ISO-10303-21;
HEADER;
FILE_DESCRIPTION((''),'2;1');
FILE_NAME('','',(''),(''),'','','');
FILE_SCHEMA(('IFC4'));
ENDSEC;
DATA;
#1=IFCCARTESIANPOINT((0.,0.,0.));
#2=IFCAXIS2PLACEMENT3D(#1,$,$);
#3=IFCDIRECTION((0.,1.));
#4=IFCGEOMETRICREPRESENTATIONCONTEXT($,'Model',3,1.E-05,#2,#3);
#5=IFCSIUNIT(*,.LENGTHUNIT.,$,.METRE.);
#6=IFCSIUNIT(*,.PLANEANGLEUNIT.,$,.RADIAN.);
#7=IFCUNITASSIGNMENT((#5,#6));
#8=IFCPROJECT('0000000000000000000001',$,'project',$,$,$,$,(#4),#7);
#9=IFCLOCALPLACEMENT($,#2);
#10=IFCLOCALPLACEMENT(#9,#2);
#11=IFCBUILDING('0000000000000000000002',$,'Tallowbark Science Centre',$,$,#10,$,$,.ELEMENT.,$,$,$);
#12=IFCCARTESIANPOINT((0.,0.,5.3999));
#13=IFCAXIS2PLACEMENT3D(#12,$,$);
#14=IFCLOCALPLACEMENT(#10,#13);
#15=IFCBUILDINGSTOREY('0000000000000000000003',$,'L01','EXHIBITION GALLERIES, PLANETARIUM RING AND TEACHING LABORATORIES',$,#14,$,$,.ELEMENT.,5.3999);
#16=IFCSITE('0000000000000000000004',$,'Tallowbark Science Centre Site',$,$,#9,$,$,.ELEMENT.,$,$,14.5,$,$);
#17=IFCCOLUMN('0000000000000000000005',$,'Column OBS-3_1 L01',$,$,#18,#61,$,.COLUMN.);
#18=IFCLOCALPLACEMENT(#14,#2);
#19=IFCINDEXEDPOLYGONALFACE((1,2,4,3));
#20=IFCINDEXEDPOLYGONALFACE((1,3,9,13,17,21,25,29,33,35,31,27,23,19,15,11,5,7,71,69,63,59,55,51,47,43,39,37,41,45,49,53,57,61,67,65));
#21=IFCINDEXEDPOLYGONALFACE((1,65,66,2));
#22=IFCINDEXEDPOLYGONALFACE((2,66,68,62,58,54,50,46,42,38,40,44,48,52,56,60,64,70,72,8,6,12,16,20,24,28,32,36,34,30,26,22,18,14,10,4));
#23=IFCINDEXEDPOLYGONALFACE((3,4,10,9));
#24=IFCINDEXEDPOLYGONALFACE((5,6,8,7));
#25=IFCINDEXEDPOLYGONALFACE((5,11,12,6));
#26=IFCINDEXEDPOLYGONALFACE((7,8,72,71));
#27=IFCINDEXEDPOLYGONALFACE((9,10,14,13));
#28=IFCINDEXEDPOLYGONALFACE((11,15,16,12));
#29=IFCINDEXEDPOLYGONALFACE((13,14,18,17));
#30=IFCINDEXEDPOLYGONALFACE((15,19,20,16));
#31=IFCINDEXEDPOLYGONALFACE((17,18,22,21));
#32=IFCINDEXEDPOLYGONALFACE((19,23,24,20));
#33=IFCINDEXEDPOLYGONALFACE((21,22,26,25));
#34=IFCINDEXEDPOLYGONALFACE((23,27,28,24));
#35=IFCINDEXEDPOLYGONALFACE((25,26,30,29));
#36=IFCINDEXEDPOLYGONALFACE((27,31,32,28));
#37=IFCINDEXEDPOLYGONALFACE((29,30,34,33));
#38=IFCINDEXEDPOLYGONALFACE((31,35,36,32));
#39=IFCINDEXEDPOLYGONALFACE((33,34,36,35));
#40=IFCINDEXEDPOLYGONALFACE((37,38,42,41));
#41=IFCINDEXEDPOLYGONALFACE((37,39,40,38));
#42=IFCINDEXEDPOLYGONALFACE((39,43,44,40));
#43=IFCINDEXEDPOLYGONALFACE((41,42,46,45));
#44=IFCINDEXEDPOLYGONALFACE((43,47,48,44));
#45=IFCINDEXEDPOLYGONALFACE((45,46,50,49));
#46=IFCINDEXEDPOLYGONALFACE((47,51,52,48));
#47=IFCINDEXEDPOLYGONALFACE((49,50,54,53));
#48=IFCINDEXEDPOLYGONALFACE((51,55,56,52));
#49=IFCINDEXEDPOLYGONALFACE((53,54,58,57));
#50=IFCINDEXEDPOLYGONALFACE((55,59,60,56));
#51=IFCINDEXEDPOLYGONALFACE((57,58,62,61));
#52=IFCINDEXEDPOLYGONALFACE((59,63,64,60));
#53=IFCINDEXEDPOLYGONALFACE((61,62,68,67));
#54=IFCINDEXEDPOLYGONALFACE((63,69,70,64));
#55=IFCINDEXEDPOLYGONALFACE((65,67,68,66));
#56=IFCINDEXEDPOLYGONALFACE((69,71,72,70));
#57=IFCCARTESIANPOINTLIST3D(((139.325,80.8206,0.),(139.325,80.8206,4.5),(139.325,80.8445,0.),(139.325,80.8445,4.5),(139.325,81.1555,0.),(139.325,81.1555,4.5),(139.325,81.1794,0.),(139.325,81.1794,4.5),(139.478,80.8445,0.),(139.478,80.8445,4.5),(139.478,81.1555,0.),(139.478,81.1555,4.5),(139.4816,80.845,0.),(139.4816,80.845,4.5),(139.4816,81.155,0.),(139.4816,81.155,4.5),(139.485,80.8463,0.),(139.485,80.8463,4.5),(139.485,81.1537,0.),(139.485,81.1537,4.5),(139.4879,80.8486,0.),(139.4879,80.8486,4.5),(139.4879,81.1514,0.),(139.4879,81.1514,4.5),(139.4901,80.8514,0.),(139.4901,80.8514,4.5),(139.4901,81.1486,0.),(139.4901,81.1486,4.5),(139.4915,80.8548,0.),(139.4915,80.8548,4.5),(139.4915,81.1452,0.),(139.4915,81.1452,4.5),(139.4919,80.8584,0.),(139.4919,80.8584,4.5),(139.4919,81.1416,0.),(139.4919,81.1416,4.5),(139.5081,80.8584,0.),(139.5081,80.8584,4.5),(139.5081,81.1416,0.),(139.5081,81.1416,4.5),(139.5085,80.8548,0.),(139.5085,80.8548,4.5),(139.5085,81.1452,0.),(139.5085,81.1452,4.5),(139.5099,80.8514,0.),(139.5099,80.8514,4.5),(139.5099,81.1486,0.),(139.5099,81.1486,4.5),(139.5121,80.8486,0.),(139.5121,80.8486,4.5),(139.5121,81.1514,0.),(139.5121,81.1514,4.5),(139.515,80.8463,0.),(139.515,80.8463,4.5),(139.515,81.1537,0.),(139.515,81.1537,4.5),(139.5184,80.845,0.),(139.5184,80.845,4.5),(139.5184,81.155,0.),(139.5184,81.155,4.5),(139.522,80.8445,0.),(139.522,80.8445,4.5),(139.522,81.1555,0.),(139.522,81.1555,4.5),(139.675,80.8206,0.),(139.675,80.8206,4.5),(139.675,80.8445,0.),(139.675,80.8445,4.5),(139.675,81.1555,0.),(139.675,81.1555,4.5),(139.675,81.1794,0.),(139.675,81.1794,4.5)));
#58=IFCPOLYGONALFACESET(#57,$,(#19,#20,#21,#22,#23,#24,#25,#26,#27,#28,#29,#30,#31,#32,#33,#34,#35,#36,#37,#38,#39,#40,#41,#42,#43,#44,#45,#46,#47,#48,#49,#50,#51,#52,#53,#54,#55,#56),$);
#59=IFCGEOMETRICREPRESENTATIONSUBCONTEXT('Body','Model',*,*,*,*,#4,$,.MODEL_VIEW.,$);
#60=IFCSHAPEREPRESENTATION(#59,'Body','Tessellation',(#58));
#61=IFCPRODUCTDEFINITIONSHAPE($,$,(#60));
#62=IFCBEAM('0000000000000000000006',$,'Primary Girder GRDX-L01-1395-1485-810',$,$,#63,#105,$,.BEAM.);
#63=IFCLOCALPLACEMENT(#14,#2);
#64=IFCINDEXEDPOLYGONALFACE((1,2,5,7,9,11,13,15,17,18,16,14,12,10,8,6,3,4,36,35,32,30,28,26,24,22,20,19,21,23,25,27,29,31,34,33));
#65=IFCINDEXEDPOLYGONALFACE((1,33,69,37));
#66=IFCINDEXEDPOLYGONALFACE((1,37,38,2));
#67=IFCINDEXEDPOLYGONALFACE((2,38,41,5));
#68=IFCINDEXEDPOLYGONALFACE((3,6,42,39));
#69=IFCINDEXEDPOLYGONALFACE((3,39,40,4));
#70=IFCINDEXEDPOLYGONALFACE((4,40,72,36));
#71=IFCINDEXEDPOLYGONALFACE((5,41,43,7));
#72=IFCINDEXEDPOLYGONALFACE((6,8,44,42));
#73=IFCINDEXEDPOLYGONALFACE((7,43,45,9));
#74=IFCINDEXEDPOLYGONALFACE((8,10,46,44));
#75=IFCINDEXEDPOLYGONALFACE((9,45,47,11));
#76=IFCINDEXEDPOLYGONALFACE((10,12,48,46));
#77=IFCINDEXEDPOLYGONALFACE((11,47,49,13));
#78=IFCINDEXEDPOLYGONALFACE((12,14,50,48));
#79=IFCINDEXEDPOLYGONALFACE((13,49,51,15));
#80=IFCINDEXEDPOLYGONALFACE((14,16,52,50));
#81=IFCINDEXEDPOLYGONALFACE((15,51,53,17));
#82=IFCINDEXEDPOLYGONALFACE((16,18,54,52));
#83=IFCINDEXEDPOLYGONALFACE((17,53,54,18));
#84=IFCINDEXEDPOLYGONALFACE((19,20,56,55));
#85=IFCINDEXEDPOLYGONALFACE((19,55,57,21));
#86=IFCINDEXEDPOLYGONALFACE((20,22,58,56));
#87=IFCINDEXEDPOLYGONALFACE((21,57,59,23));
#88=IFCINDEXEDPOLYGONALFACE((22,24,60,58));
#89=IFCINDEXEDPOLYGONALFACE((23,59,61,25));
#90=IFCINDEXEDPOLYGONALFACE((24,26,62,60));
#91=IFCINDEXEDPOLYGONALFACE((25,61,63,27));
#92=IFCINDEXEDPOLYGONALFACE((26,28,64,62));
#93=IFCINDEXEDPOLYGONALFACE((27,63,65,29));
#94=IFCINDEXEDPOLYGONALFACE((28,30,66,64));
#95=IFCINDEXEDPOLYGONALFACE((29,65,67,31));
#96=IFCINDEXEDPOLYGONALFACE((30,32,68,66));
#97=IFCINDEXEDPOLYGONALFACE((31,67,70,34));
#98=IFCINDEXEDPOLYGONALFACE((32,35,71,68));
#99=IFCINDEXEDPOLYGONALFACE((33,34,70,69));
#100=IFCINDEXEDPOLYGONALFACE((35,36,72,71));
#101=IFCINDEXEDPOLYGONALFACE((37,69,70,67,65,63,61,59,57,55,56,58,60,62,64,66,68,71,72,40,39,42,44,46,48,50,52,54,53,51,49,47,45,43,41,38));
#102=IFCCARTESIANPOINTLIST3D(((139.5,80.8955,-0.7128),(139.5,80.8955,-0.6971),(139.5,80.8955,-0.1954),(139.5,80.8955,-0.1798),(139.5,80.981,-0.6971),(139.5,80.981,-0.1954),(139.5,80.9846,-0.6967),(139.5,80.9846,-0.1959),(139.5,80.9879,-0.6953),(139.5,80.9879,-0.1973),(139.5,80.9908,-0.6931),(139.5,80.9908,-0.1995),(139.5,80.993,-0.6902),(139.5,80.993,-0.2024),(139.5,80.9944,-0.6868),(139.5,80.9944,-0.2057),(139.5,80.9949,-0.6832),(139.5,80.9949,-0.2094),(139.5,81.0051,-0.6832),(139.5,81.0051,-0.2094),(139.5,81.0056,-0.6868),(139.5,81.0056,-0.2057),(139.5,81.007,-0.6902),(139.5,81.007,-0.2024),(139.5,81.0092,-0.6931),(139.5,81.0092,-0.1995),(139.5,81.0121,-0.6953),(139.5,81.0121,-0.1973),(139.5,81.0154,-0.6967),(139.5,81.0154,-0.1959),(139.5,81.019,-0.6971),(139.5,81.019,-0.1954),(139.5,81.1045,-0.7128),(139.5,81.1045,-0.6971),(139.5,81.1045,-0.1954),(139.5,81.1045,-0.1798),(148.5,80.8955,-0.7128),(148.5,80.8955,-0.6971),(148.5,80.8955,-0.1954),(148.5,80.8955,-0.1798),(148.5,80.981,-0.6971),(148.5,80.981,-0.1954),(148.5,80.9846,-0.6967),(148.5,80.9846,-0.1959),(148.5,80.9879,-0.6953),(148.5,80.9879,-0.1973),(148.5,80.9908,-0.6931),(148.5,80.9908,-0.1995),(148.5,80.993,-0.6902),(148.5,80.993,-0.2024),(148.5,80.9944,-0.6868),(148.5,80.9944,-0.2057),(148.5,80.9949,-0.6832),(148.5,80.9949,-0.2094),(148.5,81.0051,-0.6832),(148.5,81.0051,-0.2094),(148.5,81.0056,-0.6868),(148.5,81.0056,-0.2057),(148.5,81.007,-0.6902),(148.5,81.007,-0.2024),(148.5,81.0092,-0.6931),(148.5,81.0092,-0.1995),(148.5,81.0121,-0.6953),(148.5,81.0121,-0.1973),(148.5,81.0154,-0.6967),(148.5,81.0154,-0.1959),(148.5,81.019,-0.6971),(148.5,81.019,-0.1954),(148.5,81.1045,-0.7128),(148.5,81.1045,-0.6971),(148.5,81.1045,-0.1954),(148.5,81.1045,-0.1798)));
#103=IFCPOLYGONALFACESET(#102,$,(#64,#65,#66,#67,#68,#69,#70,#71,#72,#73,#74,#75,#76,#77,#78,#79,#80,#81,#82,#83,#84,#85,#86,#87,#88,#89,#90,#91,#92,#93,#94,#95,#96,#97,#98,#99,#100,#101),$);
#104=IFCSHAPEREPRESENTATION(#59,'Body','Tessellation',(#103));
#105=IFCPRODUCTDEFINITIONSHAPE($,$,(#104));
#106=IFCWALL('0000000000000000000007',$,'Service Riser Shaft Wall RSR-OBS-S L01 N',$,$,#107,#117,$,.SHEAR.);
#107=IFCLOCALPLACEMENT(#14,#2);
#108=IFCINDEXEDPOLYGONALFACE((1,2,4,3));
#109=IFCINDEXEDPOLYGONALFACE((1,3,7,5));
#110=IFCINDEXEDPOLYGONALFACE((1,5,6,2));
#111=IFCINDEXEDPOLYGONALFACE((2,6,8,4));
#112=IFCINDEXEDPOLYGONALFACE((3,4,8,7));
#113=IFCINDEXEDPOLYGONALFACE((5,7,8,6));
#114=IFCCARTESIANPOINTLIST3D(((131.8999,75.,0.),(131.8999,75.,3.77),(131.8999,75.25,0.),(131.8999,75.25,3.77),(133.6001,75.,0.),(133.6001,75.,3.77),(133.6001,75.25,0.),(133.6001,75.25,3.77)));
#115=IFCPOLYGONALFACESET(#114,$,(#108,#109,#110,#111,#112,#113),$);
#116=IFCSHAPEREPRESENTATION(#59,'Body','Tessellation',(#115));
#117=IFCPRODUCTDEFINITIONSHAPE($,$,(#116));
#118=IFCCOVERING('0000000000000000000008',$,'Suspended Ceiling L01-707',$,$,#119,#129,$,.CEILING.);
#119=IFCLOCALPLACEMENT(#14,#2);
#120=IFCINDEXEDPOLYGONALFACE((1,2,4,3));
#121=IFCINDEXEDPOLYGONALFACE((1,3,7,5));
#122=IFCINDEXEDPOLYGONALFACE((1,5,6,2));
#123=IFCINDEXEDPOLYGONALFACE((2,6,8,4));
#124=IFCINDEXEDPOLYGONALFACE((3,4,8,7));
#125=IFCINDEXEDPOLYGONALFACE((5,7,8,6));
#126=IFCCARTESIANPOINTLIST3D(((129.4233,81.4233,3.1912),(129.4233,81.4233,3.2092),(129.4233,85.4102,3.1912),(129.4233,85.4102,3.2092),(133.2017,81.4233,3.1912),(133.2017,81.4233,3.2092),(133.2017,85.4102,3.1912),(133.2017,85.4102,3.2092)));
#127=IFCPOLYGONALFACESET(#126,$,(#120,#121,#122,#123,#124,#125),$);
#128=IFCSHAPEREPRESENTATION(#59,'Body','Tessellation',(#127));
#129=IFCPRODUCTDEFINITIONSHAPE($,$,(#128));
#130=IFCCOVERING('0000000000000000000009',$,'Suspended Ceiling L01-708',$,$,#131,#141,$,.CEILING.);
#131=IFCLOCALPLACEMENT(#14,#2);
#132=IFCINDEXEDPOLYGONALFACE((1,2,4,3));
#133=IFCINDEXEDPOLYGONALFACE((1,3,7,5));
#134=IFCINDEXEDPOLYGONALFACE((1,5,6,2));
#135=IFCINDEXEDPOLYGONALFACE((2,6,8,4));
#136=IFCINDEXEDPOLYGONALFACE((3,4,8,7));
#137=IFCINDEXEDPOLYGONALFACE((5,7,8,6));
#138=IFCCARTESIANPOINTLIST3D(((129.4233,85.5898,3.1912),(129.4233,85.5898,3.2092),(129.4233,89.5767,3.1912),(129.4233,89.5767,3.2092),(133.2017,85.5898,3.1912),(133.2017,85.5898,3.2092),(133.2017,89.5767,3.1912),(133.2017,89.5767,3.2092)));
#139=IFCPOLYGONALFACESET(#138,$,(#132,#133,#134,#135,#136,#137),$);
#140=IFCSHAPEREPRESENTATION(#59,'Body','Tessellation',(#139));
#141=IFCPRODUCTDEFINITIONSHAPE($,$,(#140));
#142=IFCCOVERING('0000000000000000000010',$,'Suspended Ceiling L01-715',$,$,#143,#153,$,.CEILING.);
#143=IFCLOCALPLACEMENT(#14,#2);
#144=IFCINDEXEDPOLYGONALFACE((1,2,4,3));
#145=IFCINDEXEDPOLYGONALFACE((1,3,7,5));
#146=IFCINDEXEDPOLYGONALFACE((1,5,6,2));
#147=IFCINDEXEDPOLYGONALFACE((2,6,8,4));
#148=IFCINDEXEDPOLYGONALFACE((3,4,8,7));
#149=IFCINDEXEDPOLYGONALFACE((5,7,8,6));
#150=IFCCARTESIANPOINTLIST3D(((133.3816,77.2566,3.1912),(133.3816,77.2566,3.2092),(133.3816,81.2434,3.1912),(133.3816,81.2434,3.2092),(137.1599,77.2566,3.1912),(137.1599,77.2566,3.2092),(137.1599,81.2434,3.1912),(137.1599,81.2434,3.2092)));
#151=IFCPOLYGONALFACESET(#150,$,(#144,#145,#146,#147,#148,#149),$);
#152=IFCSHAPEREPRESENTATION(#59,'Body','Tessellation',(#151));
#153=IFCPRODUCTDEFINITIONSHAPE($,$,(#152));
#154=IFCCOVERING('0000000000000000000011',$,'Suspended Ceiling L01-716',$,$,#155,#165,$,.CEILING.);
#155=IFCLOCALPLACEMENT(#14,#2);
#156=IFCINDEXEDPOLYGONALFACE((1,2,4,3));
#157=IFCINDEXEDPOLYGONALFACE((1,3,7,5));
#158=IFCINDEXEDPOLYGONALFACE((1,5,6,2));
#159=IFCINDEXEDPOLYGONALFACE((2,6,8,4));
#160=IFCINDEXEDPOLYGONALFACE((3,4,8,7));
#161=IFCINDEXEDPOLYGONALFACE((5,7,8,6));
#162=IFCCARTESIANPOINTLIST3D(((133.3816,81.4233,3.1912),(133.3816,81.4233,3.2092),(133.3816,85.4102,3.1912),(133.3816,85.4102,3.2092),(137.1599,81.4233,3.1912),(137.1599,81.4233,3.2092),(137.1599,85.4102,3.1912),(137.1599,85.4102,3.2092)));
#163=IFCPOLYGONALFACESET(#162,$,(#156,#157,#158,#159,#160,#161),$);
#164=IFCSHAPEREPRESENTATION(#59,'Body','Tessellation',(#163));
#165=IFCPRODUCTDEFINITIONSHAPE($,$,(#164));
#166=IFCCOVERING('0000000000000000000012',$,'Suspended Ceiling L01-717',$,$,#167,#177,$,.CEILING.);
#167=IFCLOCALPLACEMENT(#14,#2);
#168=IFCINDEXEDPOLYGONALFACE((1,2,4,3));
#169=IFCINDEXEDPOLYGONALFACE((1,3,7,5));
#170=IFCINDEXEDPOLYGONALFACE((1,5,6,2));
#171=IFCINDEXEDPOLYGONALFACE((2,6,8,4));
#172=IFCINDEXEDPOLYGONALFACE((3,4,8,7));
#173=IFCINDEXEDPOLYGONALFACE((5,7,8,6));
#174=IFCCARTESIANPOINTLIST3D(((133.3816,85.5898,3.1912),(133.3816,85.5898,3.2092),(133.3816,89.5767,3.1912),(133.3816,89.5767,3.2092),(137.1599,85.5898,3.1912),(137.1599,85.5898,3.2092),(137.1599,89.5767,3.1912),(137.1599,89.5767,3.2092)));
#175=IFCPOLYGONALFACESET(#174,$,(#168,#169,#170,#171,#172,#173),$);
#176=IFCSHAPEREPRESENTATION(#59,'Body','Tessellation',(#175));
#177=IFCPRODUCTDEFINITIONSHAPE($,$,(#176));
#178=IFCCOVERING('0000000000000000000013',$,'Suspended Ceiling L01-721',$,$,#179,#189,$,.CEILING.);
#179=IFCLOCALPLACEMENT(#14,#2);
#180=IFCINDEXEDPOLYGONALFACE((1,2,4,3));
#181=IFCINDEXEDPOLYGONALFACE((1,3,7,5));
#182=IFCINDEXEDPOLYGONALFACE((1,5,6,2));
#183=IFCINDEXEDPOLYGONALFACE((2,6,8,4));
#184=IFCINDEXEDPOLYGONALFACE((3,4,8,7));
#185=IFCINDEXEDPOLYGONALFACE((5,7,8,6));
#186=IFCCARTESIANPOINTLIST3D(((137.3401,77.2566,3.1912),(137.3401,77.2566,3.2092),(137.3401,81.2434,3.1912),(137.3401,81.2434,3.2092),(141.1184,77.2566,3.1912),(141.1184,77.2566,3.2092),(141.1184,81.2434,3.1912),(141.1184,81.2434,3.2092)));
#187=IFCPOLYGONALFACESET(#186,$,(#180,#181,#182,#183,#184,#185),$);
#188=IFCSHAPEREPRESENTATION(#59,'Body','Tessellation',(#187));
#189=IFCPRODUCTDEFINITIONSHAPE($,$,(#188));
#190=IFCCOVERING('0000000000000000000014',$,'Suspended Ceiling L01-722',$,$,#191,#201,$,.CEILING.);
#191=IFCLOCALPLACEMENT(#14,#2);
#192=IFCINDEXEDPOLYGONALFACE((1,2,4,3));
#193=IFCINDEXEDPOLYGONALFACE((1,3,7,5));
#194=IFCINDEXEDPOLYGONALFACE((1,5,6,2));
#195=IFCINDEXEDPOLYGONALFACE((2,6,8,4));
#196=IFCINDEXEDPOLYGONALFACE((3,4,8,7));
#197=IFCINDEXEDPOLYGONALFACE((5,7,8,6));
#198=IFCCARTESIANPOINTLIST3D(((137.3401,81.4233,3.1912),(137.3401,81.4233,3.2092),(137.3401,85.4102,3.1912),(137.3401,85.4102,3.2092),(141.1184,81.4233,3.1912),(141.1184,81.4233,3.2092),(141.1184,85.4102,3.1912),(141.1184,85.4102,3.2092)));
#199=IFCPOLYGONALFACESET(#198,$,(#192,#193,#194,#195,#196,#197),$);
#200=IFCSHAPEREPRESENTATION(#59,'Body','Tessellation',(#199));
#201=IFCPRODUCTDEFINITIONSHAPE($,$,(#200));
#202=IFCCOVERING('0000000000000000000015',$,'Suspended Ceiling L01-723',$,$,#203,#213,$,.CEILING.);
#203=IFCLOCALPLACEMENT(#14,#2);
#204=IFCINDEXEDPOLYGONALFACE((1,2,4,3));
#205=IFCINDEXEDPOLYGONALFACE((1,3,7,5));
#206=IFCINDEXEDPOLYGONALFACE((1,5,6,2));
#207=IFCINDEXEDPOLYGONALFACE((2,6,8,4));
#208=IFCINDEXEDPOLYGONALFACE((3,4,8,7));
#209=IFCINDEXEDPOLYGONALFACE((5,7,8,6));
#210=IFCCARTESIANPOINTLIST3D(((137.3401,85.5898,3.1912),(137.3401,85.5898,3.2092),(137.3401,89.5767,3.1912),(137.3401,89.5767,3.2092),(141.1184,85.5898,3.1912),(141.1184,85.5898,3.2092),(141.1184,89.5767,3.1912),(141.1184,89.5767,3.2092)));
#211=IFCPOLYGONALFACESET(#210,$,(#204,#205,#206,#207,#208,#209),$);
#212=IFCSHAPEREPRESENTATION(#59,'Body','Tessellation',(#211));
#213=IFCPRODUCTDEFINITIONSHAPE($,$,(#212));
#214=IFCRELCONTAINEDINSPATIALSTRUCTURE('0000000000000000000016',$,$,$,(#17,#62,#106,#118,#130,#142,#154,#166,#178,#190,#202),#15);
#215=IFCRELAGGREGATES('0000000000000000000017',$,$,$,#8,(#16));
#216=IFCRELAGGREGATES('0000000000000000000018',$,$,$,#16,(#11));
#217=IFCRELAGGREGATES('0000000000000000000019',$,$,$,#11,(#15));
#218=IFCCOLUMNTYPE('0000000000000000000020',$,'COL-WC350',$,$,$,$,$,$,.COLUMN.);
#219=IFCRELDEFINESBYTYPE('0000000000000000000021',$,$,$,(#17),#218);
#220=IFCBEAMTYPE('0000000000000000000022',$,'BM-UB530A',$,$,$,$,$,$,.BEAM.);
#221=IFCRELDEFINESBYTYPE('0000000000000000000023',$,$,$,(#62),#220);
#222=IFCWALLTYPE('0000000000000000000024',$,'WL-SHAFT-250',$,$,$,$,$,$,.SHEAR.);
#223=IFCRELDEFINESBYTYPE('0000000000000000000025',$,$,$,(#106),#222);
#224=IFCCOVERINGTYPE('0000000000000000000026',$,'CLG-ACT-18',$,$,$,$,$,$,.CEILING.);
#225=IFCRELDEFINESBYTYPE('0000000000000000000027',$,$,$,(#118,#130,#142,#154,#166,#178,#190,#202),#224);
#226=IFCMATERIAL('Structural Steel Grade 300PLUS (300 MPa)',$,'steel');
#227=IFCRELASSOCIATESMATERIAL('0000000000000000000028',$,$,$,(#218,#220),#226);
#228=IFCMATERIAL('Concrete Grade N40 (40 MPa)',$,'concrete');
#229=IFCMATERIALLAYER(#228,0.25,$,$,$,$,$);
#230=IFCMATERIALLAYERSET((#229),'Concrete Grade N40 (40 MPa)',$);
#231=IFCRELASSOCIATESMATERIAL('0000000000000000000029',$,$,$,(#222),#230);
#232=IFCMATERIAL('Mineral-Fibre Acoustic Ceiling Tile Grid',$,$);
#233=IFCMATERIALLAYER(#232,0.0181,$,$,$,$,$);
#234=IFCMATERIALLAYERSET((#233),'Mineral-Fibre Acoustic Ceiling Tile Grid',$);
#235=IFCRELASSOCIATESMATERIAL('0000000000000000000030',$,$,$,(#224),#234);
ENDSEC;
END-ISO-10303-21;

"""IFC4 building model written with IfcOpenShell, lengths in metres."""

from ifc_helpers import new_model, si_unit, direction, frame, frame_2d, origin, origin_2d, place, context, subcontext, project, spatial, rectangle, i_section, extrude, material, layer, layer_set, material_profile, profile_set, type_object, element, save


model = new_model("IFC4")

# Units and contexts
model_context = context("Model", 3, precision=1e-05, world=origin(), true_north=direction((0.0, 1.0)))
body_context = subcontext(model_context, "Body", "Model", "MODEL_VIEW")
ifc_project = project(units=[si_unit("LENGTHUNIT", "METRE"), si_unit("PLANEANGLEUNIT", "RADIAN")], contexts=[model_context])

# Site, building, storey
site_placement = place(None, origin())
site = spatial("IfcSite", under=ifc_project, at=site_placement, Name="Tallowbark Science Centre Site", CompositionType="ELEMENT", RefElevation=14.5)
building_placement = place(site_placement, origin())
building = spatial("IfcBuilding", under=site, at=building_placement, Name="Tallowbark Science Centre", CompositionType="ELEMENT")
storey_placement = place(building_placement, frame((0.0, 0.0, 5.3999)))
storey = spatial("IfcBuildingStorey", under=building, at=storey_placement, Name="L01", Description="EXHIBITION GALLERIES, PLANETARIUM RING AND TEACHING LABORATORIES", CompositionType="ELEMENT", Elevation=5.3999)

# Column
ifc_material_1 = material(Name="Structural Steel Grade 300PLUS (300 MPa)", Category="steel")
ifc_material_profile_1 = material_profile(ifc_material_1, i_section(OverallWidth=0.3501, OverallDepth=0.3589, WebThickness=0.0161, FlangeThickness=0.0239, FilletRadius=0.0139, at=origin_2d()), Name="350WC197")
ifc_profile_set_1 = profile_set([ifc_material_profile_1], Name="Structural Steel Grade 300PLUS (300 MPa)")
column_type = type_object("IfcColumnType", Name="COL-WC350", PredefinedType="COLUMN", material=ifc_profile_set_1)
column_placement = place(storey_placement, frame((139.5, 81.0, 0.0), z_axis=(0.0, 0.0, 1.0), x_axis=(1.0, 0.0, 0.0)))
element("IfcColumn", 1, at=column_placement, inside=storey, type_object=column_type, Name="Column OBS-3_1 L01", PredefinedType="COLUMN", context=body_context, shape_type="SweptSolid", body=[
    extrude(i_section(OverallWidth=0.3501, OverallDepth=0.3589, WebThickness=0.0161, FlangeThickness=0.0239, FilletRadius=0.0139, at=origin_2d()), origin(), (0.0, 0.0, 1.0), 4.5),
])

# Beam
ifc_material_profile_2 = material_profile(ifc_material_1, i_section(OverallWidth=0.209, OverallDepth=0.533, WebThickness=0.0103, FlangeThickness=0.0156, FilletRadius=0.0139, at=origin_2d()), Name="530UB92.4")
ifc_profile_set_2 = profile_set([ifc_material_profile_2], Name="Structural Steel Grade 300PLUS (300 MPa)")
beam_type = type_object("IfcBeamType", Name="BM-UB530A", PredefinedType="BEAM", material=ifc_profile_set_2)
beam_placement = place(storey_placement, frame((139.5, 81.0, -0.4463), z_axis=(1.0, 0.0, 0.0), x_axis=(0.0, 1.0, 0.0)))
element("IfcBeam", 2, at=beam_placement, inside=storey, type_object=beam_type, Name="Primary Girder GRDX-L01-1395-1485-810", PredefinedType="BEAM", context=body_context, shape_type="SweptSolid", body=[
    extrude(i_section(OverallWidth=0.209, OverallDepth=0.533, WebThickness=0.0103, FlangeThickness=0.0156, FilletRadius=0.0139, at=origin_2d()), origin(), (0.0, 0.0, 1.0), 9.0),
])

# Wall
ifc_material_2 = material(Name="Concrete Grade N40 (40 MPa)", Category="concrete")
ifc_layer_1 = layer(ifc_material_2, 0.25)
ifc_layer_set_1 = layer_set([ifc_layer_1], Name="Concrete Grade N40 (40 MPa)")
wall_type = type_object("IfcWallType", Name="WL-SHAFT-250", PredefinedType="SHEAR", material=ifc_layer_set_1)
wall_placement = place(storey_placement, frame((131.8999, 75.125, 0.0), z_axis=(0.0, 0.0, 1.0), x_axis=(1.0, 0.0, 0.0)))
element("IfcWall", 3, at=wall_placement, inside=storey, type_object=wall_type, Name="Service Riser Shaft Wall RSR-OBS-S L01 N", PredefinedType="SHEAR", context=body_context, shape_type="SweptSolid", body=[
    extrude(rectangle(XDim=1.7002, YDim=0.25, at=frame_2d((0.8501, 0.0))), origin(), (0.0, 0.0, 1.0), 3.77),
])

# Coverings
ifc_material_3 = material(Name="Mineral-Fibre Acoustic Ceiling Tile Grid")
ifc_layer_2 = layer(ifc_material_3, 0.0181)
ifc_layer_set_2 = layer_set([ifc_layer_2], Name="Mineral-Fibre Acoustic Ceiling Tile Grid")
covering_type_1 = type_object("IfcCoveringType", Name="CLG-ACT-18", PredefinedType="CEILING", material=ifc_layer_set_2)
for number, where, z_axis, x_axis, name in (
    (4, (131.3125, 83.4167, 3.1912), (0.0, 0.0, 1.0), (1.0, 0.0, 0.0), "Suspended Ceiling L01-707"),
    (5, (131.3125, 87.5833, 3.1912), (0.0, 0.0, 1.0), (1.0, 0.0, 0.0), "Suspended Ceiling L01-708"),
    (6, (135.2708, 79.25, 3.1912), (0.0, 0.0, 1.0), (1.0, 0.0, 0.0), "Suspended Ceiling L01-715"),
    (7, (135.2708, 83.4167, 3.1912), (0.0, 0.0, 1.0), (1.0, 0.0, 0.0), "Suspended Ceiling L01-716"),
    (8, (135.2708, 87.5833, 3.1912), (0.0, 0.0, 1.0), (1.0, 0.0, 0.0), "Suspended Ceiling L01-717"),
    (9, (139.2292, 79.25, 3.1912), (0.0, 0.0, 1.0), (1.0, 0.0, 0.0), "Suspended Ceiling L01-721"),
    (10, (139.2292, 83.4167, 3.1912), (0.0, 0.0, 1.0), (1.0, 0.0, 0.0), "Suspended Ceiling L01-722"),
    (11, (139.2292, 87.5833, 3.1912), (0.0, 0.0, 1.0), (1.0, 0.0, 0.0), "Suspended Ceiling L01-723"),
):
    element("IfcCovering", number, at=place(storey_placement, frame(where, z_axis=z_axis, x_axis=x_axis)), inside=storey, type_object=covering_type_1, Name=name, PredefinedType="CEILING", context=body_context, shape_type="SweptSolid", body=[
        extrude(rectangle(XDim=3.7783, YDim=3.9868, at=origin_2d()), origin(), (0.0, 0.0, 1.0), 0.0181),
    ])

save(model, "model.ifc")
